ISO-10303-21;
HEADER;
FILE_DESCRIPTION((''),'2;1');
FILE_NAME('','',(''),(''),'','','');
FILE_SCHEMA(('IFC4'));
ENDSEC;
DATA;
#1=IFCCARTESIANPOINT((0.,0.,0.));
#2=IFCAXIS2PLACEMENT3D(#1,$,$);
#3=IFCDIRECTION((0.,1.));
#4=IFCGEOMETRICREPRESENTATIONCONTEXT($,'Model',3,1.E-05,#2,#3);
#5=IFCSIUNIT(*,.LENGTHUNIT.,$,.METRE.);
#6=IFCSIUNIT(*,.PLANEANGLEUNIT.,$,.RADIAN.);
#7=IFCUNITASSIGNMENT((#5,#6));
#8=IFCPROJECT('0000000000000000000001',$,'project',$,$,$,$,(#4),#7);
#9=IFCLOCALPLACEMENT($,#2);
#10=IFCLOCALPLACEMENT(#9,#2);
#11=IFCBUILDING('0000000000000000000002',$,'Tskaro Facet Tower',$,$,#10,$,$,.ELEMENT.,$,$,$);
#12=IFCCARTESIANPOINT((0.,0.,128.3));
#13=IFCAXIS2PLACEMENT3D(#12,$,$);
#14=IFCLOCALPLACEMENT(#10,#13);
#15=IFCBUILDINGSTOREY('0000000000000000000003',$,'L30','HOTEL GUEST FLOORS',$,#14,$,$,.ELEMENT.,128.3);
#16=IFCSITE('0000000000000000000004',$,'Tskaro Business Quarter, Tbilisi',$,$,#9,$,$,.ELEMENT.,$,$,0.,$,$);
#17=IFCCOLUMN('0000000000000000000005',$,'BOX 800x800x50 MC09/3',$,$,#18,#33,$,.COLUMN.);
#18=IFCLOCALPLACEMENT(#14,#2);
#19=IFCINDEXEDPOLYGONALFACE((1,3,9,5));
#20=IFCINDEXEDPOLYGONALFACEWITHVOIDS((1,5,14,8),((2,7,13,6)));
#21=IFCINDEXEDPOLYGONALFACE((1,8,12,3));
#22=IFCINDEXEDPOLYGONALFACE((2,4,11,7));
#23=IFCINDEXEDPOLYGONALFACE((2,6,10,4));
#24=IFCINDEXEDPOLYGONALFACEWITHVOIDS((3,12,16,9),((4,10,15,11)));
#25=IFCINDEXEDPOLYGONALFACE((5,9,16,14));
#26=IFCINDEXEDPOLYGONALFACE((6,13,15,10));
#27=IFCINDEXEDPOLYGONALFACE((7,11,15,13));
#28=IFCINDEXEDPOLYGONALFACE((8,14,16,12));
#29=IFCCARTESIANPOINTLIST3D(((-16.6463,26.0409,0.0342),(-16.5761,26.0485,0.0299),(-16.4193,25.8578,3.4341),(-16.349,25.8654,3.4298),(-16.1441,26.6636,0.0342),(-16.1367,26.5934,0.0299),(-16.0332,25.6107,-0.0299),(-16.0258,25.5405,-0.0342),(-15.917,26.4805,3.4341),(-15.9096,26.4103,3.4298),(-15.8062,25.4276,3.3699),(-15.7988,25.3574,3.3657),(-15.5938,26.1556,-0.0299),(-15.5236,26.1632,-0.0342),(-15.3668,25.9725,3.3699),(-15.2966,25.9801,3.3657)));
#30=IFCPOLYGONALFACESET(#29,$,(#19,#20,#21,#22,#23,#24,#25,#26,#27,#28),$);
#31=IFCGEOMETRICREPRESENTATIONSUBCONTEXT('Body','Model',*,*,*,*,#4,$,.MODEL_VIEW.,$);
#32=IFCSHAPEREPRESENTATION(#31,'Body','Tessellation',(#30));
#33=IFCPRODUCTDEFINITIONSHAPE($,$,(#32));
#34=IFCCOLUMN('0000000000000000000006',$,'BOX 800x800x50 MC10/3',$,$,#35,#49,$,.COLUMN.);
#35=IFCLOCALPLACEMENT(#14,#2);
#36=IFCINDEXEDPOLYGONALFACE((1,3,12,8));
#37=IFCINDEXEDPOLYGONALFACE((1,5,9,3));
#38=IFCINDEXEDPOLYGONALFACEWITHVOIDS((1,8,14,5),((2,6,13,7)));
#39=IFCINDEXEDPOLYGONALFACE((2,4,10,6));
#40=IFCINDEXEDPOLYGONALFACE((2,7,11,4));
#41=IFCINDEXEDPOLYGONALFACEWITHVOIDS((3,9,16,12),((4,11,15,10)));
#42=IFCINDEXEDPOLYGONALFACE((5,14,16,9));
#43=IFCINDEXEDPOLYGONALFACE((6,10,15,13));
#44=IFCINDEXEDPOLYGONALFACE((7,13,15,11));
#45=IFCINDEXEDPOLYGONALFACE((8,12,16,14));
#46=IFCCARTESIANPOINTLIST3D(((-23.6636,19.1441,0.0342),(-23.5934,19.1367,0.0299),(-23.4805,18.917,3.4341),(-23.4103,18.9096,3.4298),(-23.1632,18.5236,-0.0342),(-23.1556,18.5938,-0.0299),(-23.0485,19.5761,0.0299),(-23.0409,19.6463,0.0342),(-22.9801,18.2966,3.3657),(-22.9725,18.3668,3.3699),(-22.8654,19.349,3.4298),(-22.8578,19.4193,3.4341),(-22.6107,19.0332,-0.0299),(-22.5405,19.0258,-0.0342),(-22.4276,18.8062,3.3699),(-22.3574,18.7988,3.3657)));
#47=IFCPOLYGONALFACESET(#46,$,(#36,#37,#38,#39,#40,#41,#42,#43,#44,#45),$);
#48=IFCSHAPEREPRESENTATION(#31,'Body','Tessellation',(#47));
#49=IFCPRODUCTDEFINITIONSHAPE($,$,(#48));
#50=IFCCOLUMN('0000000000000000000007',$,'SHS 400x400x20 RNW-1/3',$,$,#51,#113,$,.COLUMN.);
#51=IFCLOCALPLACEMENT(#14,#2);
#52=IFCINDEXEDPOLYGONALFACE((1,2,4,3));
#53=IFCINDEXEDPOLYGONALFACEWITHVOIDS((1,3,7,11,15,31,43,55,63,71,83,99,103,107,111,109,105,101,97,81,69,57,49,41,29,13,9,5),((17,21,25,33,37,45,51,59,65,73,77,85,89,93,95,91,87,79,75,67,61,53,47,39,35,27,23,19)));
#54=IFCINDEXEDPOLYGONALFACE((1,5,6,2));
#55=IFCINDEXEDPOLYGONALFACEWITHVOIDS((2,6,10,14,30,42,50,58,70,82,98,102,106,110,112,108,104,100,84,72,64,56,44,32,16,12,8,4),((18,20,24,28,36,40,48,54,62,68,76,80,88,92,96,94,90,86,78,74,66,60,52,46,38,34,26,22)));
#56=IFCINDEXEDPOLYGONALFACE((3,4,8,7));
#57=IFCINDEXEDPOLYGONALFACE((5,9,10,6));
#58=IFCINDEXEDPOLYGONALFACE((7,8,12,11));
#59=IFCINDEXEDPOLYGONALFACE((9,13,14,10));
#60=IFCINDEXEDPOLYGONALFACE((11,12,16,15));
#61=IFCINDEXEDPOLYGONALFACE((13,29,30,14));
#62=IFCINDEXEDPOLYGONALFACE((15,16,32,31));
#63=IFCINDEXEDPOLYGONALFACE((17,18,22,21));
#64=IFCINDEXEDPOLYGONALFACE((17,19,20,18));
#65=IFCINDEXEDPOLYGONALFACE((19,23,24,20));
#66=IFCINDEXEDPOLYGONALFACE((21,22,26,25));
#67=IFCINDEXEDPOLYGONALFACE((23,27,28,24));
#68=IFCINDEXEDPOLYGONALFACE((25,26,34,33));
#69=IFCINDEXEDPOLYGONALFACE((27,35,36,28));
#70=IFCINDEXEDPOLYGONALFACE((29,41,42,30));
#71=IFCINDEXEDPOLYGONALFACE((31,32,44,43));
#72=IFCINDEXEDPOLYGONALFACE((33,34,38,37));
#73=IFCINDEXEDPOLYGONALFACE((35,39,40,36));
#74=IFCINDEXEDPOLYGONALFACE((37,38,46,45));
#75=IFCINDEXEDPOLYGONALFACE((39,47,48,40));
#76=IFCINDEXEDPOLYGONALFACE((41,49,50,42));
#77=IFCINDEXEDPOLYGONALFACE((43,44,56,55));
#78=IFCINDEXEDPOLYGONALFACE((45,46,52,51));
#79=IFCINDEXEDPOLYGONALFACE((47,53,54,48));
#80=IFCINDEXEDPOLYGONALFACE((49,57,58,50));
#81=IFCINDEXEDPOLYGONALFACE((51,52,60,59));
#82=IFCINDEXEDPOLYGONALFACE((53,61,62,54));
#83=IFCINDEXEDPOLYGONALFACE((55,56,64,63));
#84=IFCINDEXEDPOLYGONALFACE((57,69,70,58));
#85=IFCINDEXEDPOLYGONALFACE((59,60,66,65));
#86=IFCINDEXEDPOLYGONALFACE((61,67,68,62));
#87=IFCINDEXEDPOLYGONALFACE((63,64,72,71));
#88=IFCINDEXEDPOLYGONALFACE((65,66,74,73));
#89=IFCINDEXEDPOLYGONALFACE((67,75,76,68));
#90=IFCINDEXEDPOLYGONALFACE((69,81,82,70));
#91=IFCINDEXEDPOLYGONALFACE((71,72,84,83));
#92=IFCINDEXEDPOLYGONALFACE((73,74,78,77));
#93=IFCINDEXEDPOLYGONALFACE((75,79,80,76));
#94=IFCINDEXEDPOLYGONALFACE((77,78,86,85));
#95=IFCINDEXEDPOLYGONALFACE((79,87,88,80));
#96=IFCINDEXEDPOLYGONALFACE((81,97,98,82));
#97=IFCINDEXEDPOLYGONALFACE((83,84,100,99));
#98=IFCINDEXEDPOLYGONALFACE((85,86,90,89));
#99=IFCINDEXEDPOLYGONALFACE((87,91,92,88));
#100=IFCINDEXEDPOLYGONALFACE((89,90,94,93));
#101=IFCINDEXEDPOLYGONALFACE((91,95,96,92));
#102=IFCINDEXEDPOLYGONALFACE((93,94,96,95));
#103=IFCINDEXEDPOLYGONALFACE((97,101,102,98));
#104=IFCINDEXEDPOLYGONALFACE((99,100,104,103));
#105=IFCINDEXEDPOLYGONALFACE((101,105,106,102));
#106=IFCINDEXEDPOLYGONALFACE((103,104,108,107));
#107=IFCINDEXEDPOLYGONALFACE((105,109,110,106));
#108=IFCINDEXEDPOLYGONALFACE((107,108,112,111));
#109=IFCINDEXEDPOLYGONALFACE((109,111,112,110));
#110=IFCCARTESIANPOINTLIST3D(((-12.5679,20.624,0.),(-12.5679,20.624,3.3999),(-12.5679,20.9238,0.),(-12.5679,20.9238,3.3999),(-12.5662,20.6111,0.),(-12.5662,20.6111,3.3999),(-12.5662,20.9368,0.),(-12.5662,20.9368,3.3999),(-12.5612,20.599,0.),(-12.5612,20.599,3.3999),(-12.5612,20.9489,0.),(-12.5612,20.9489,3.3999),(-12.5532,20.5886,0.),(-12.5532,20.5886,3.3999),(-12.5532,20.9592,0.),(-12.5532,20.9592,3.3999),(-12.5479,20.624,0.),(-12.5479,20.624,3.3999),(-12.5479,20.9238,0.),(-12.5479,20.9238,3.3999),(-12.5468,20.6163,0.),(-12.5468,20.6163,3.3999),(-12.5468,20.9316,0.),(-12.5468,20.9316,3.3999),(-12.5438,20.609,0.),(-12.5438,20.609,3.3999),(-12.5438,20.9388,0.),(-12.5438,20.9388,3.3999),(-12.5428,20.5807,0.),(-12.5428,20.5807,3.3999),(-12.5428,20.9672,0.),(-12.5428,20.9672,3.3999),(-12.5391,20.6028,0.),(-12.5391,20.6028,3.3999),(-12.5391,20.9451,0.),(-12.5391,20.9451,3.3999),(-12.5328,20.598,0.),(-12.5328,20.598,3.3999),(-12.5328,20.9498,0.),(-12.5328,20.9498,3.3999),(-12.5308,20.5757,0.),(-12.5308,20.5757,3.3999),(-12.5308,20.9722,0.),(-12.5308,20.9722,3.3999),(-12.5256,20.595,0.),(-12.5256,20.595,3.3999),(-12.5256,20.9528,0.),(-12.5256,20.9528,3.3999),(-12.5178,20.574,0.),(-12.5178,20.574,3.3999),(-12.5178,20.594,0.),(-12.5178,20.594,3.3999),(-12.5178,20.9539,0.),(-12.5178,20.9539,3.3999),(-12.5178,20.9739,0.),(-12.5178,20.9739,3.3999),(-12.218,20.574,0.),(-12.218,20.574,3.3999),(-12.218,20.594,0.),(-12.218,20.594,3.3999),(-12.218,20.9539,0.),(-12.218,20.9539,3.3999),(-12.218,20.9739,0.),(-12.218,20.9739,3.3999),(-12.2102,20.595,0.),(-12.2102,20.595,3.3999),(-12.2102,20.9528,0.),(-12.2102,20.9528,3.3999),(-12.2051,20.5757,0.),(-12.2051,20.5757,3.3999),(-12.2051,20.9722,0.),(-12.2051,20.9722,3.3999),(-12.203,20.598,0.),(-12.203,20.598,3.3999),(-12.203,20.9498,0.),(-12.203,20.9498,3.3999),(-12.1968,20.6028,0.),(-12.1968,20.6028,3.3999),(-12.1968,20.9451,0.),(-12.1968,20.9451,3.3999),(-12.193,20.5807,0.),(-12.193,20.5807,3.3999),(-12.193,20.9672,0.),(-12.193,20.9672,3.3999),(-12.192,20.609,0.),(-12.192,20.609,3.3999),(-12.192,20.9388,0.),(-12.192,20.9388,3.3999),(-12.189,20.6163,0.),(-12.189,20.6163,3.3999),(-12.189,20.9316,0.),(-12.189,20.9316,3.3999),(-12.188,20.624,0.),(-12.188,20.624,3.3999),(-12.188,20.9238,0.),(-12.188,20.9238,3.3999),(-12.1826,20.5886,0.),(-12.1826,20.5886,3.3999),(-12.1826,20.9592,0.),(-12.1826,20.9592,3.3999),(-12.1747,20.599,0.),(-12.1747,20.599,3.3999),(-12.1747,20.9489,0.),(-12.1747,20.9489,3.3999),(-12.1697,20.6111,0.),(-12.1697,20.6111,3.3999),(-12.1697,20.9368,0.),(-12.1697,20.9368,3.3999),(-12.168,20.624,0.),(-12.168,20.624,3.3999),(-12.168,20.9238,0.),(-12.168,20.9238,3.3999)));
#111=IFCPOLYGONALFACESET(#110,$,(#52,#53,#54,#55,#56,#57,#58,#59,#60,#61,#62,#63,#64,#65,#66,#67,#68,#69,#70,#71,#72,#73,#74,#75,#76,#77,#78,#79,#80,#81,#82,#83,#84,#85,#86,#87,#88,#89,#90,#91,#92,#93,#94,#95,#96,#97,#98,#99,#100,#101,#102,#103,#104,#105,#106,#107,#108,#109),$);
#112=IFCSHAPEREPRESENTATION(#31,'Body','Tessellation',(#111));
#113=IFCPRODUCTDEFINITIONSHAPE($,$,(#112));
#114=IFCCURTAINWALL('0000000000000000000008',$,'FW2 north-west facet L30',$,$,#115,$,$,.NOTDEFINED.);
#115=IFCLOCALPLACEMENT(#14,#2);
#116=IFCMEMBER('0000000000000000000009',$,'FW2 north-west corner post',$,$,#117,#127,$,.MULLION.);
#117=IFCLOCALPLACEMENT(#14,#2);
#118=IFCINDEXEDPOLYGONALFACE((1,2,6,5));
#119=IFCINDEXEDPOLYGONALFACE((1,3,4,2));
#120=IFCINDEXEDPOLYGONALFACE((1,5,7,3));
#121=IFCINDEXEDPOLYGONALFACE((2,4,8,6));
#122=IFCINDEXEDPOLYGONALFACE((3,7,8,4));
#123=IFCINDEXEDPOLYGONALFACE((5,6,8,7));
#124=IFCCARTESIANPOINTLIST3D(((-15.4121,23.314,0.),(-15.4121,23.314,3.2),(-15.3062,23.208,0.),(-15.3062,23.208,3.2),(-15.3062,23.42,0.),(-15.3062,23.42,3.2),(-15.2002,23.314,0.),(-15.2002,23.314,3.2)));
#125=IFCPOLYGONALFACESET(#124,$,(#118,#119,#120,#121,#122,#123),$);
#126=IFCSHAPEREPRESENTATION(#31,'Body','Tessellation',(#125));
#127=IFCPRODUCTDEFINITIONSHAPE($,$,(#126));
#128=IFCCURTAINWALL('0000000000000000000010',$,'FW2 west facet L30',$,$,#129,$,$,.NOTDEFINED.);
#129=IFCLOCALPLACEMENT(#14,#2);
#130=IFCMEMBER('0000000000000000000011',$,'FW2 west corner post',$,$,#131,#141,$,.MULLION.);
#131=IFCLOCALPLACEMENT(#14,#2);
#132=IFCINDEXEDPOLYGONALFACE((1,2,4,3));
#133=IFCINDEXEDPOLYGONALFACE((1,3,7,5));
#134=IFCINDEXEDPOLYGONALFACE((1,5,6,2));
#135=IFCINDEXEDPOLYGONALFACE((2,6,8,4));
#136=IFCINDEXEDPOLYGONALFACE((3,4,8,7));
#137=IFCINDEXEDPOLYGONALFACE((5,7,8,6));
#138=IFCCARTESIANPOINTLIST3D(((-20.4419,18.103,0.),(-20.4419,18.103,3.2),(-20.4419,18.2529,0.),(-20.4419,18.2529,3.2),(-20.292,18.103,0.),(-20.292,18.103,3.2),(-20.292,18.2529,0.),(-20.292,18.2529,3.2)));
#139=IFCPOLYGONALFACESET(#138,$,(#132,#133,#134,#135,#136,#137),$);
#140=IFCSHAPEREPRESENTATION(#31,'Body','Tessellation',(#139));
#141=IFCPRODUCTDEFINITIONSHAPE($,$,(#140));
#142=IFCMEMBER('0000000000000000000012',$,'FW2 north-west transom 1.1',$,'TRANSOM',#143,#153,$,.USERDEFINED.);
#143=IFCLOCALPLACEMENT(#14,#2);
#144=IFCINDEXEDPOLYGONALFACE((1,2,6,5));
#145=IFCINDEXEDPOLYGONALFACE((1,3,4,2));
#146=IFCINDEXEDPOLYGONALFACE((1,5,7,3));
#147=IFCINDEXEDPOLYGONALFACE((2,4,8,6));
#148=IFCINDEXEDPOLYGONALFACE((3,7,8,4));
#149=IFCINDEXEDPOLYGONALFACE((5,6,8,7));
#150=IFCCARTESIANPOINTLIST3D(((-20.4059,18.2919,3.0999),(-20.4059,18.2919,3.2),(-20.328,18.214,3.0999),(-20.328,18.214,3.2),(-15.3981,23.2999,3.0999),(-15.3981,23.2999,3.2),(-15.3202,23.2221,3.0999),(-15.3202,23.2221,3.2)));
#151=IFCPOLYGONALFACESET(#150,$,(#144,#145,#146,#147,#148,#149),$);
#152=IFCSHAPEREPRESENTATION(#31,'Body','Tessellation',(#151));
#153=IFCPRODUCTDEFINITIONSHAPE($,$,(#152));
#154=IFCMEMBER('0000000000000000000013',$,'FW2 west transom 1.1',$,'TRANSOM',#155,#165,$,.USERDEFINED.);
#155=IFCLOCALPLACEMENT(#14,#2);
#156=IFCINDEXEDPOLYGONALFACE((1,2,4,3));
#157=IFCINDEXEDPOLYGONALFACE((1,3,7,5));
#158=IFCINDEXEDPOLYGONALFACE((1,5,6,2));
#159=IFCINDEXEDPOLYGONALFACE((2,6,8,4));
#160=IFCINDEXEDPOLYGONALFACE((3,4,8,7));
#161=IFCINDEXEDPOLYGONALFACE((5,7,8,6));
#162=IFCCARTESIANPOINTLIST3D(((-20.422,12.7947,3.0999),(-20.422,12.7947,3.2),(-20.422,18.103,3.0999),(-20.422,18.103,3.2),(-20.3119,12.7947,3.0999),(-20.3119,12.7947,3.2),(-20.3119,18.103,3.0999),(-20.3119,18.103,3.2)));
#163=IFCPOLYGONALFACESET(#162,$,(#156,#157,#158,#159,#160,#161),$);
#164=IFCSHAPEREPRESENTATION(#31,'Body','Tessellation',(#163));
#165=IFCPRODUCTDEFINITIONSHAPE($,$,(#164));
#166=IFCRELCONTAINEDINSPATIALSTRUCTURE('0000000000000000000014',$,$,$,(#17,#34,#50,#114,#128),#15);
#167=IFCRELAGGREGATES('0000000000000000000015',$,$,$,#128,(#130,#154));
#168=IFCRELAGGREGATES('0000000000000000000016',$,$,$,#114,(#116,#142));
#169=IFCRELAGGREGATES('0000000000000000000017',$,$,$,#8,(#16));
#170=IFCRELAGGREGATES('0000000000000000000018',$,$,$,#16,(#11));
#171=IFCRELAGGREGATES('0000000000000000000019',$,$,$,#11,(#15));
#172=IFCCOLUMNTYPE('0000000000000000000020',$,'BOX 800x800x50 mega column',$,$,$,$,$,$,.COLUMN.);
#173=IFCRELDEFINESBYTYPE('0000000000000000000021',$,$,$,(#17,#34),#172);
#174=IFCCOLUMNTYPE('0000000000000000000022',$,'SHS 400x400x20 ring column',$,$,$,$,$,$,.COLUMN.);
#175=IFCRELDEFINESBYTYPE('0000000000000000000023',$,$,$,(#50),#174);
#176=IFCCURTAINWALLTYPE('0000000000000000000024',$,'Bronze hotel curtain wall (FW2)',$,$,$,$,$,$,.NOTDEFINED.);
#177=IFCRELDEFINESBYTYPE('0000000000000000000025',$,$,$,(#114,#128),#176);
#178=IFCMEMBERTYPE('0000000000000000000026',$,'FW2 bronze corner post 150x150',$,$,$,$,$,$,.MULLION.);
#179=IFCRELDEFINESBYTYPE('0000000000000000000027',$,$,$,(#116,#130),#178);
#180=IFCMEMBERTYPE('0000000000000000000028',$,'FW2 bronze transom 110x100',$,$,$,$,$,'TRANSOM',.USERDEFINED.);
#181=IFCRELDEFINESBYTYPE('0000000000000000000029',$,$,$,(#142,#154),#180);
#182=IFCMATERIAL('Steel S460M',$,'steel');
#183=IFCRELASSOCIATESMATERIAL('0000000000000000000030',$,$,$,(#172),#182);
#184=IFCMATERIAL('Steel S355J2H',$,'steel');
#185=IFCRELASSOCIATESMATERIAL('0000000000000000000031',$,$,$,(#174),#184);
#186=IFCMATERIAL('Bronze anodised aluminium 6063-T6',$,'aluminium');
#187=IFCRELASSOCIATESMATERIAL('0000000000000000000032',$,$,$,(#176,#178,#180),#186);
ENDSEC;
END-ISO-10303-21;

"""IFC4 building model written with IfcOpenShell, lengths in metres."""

from ifc_helpers import new_model, si_unit, direction, frame, origin, origin_2d, place, context, subcontext, project, spatial, rectangle, hollow_rectangle, extrude, material, material_profile, profile_set, type_object, element, aggregate, save


model = new_model("IFC4")

# Units and contexts
model_context = context("Model", 3, precision=1e-05, world=origin(), true_north=direction((0.0, 1.0)))
body_context = subcontext(model_context, "Body", "Model", "MODEL_VIEW")
ifc_project = project(units=[si_unit("LENGTHUNIT", "METRE"), si_unit("PLANEANGLEUNIT", "RADIAN")], contexts=[model_context])

# Site, building, storey
site_placement = place(None, origin())
site = spatial("IfcSite", under=ifc_project, at=site_placement, Name="Tskaro Business Quarter, Tbilisi", CompositionType="ELEMENT", RefElevation=0.0)
building_placement = place(site_placement, origin())
building = spatial("IfcBuilding", under=site, at=building_placement, Name="Tskaro Facet Tower", CompositionType="ELEMENT")
storey_placement = place(building_placement, frame((0.0, 0.0, 128.3)))
storey = spatial("IfcBuildingStorey", under=building, at=storey_placement, Name="L30", Description="HOTEL GUEST FLOORS", CompositionType="ELEMENT", Elevation=128.3)

# Columns
ifc_material_1 = material(Name="Steel S460M", Category="steel")
ifc_material_profile_1 = material_profile(ifc_material_1, hollow_rectangle(XDim=0.8, YDim=0.8, WallThickness=0.05, at=origin_2d()), Name="BOX 800x800x50")
ifc_profile_set_1 = profile_set([ifc_material_profile_1], Name="Steel S460M")
column_type_1 = type_object("IfcColumnType", Name="BOX 800x800x50 mega column", PredefinedType="COLUMN", material=ifc_profile_set_1)
for number, where, z_axis, x_axis, name in (
    (1, (-16.085, 26.1021, 0.0), (0.066537, -0.053659, 0.99634), (0.627752, 0.778413, 0.0), "BOX 800x800x50 MC09/3"),
    (2, (-23.1021, 19.085, 0.0), (0.053659, -0.066537, 0.99634), (0.778413, 0.627752, 0.0), "BOX 800x800x50 MC10/3"),
):
    element("IfcColumn", number, at=place(storey_placement, frame(where, z_axis=z_axis, x_axis=x_axis)), inside=storey, type_object=column_type_1, Name=name, PredefinedType="COLUMN", context=body_context, shape_type="SweptSolid", body=[
        extrude(hollow_rectangle(XDim=0.8, YDim=0.8, WallThickness=0.05, at=origin_2d()), origin(), (0.0, 0.0, 1.0), 3.4124),
    ])
ifc_material_2 = material(Name="Steel S355J2H", Category="steel")
ifc_material_profile_2 = material_profile(ifc_material_2, hollow_rectangle(XDim=0.3999, YDim=0.3999, WallThickness=0.02, InnerFilletRadius=0.03, OuterFilletRadius=0.05, at=origin_2d()), Name="SHS 400x400x20")
ifc_profile_set_2 = profile_set([ifc_material_profile_2], Name="Steel S355J2H")
column_type_2 = type_object("IfcColumnType", Name="SHS 400x400x20 ring column", PredefinedType="COLUMN", material=ifc_profile_set_2)
column_placement = place(storey_placement, frame((-12.3679, 20.7739, 0.0), z_axis=(0.0, 0.0, 1.0), x_axis=(1.0, 0.0, 0.0)))
element("IfcColumn", 3, at=column_placement, inside=storey, type_object=column_type_2, Name="SHS 400x400x20 RNW-1/3", PredefinedType="COLUMN", context=body_context, shape_type="SweptSolid", body=[
    extrude(hollow_rectangle(XDim=0.3999, YDim=0.3999, WallThickness=0.02, InnerFilletRadius=0.03, OuterFilletRadius=0.05, at=origin_2d()), origin(), (0.0, 0.0, 1.0), 3.3999),
])

# Curtain walls, members
ifc_material_3 = material(Name="Bronze anodised aluminium 6063-T6", Category="aluminium")
curtain_wall_type = type_object("IfcCurtainWallType", Name="Bronze hotel curtain wall (FW2)", PredefinedType="NOTDEFINED", material=ifc_material_3)
curtain_wall_1_placement = place(storey_placement, origin())
curtain_wall_1 = element("IfcCurtainWall", 4, at=curtain_wall_1_placement, inside=storey, type_object=curtain_wall_type, Name="FW2 north-west facet L30", PredefinedType="NOTDEFINED")
ifc_material_profile_3 = material_profile(ifc_material_3, rectangle(XDim=0.1499, YDim=0.1499, at=origin_2d()), Name="Corner post 150x150")
ifc_profile_set_3 = profile_set([ifc_material_profile_3], Name="Bronze anodised aluminium 6063-T6")
member_type_1 = type_object("IfcMemberType", Name="FW2 bronze corner post 150x150", PredefinedType="MULLION", material=ifc_profile_set_3)
member_1_placement = place(storey_placement, frame((-15.3062, 23.314, 0.0), z_axis=(0.0, 0.0, 1.0), x_axis=(-0.707107, -0.707107, 0.0)))
member_1 = element("IfcMember", 5, at=member_1_placement, type_object=member_type_1, Name="FW2 north-west corner post", PredefinedType="MULLION", context=body_context, shape_type="SweptSolid", body=[
    extrude(rectangle(XDim=0.1499, YDim=0.1499, at=origin_2d()), origin(), (0.0, 0.0, 1.0), 3.2),
])
curtain_wall_2_placement = place(storey_placement, origin())
curtain_wall_2 = element("IfcCurtainWall", 6, at=curtain_wall_2_placement, inside=storey, type_object=curtain_wall_type, Name="FW2 west facet L30", PredefinedType="NOTDEFINED")
member_2_placement = place(storey_placement, frame((-20.3669, 18.178, 0.0), z_axis=(0.0, 0.0, 1.0), x_axis=(0.0, -1.0, 0.0)))
member_2 = element("IfcMember", 7, at=member_2_placement, type_object=member_type_1, Name="FW2 west corner post", PredefinedType="MULLION", context=body_context, shape_type="SweptSolid", body=[
    extrude(rectangle(XDim=0.1499, YDim=0.1499, at=origin_2d()), origin(), (0.0, 0.0, 1.0), 3.2),
])

# Members
ifc_material_profile_4 = material_profile(ifc_material_3, rectangle(XDim=0.1101, YDim=0.1001, at=origin_2d()), Name="Transom 110x100")
ifc_profile_set_4 = profile_set([ifc_material_profile_4], Name="Bronze anodised aluminium 6063-T6")
member_type_2 = type_object("IfcMemberType", Name="FW2 bronze transom 110x100", ElementType="TRANSOM", PredefinedType="USERDEFINED", material=ifc_profile_set_4)
member_3_placement = place(storey_placement, frame((-15.3591, 23.261, 3.1499), z_axis=(-0.70709, -0.707124, 0.0), x_axis=(0.707124, -0.70709, 0.0)))
member_3 = element("IfcMember", 8, at=member_3_placement, type_object=member_type_2, Name="FW2 north-west transom 1.1", ObjectType="TRANSOM", PredefinedType="USERDEFINED", context=body_context, shape_type="SweptSolid", body=[
    extrude(rectangle(XDim=0.1101, YDim=0.1001, at=origin_2d()), origin(), (0.0, 0.0, 1.0), 7.0823),
])
member_4_placement = place(storey_placement, frame((-20.3669, 18.103, 3.1499), z_axis=(0.0, -1.0, 0.0), x_axis=(1.0, 0.0, 0.0)))
member_4 = element("IfcMember", 9, at=member_4_placement, type_object=member_type_2, Name="FW2 west transom 1.1", ObjectType="TRANSOM", PredefinedType="USERDEFINED", context=body_context, shape_type="SweptSolid", body=[
    extrude(rectangle(XDim=0.1101, YDim=0.1001, at=origin_2d()), origin(), (0.0, 0.0, 1.0), 5.3083),
])
aggregate(curtain_wall_2, [member_2, member_4])

aggregate(curtain_wall_1, [member_1, member_3])

save(model, "model.ifc")
